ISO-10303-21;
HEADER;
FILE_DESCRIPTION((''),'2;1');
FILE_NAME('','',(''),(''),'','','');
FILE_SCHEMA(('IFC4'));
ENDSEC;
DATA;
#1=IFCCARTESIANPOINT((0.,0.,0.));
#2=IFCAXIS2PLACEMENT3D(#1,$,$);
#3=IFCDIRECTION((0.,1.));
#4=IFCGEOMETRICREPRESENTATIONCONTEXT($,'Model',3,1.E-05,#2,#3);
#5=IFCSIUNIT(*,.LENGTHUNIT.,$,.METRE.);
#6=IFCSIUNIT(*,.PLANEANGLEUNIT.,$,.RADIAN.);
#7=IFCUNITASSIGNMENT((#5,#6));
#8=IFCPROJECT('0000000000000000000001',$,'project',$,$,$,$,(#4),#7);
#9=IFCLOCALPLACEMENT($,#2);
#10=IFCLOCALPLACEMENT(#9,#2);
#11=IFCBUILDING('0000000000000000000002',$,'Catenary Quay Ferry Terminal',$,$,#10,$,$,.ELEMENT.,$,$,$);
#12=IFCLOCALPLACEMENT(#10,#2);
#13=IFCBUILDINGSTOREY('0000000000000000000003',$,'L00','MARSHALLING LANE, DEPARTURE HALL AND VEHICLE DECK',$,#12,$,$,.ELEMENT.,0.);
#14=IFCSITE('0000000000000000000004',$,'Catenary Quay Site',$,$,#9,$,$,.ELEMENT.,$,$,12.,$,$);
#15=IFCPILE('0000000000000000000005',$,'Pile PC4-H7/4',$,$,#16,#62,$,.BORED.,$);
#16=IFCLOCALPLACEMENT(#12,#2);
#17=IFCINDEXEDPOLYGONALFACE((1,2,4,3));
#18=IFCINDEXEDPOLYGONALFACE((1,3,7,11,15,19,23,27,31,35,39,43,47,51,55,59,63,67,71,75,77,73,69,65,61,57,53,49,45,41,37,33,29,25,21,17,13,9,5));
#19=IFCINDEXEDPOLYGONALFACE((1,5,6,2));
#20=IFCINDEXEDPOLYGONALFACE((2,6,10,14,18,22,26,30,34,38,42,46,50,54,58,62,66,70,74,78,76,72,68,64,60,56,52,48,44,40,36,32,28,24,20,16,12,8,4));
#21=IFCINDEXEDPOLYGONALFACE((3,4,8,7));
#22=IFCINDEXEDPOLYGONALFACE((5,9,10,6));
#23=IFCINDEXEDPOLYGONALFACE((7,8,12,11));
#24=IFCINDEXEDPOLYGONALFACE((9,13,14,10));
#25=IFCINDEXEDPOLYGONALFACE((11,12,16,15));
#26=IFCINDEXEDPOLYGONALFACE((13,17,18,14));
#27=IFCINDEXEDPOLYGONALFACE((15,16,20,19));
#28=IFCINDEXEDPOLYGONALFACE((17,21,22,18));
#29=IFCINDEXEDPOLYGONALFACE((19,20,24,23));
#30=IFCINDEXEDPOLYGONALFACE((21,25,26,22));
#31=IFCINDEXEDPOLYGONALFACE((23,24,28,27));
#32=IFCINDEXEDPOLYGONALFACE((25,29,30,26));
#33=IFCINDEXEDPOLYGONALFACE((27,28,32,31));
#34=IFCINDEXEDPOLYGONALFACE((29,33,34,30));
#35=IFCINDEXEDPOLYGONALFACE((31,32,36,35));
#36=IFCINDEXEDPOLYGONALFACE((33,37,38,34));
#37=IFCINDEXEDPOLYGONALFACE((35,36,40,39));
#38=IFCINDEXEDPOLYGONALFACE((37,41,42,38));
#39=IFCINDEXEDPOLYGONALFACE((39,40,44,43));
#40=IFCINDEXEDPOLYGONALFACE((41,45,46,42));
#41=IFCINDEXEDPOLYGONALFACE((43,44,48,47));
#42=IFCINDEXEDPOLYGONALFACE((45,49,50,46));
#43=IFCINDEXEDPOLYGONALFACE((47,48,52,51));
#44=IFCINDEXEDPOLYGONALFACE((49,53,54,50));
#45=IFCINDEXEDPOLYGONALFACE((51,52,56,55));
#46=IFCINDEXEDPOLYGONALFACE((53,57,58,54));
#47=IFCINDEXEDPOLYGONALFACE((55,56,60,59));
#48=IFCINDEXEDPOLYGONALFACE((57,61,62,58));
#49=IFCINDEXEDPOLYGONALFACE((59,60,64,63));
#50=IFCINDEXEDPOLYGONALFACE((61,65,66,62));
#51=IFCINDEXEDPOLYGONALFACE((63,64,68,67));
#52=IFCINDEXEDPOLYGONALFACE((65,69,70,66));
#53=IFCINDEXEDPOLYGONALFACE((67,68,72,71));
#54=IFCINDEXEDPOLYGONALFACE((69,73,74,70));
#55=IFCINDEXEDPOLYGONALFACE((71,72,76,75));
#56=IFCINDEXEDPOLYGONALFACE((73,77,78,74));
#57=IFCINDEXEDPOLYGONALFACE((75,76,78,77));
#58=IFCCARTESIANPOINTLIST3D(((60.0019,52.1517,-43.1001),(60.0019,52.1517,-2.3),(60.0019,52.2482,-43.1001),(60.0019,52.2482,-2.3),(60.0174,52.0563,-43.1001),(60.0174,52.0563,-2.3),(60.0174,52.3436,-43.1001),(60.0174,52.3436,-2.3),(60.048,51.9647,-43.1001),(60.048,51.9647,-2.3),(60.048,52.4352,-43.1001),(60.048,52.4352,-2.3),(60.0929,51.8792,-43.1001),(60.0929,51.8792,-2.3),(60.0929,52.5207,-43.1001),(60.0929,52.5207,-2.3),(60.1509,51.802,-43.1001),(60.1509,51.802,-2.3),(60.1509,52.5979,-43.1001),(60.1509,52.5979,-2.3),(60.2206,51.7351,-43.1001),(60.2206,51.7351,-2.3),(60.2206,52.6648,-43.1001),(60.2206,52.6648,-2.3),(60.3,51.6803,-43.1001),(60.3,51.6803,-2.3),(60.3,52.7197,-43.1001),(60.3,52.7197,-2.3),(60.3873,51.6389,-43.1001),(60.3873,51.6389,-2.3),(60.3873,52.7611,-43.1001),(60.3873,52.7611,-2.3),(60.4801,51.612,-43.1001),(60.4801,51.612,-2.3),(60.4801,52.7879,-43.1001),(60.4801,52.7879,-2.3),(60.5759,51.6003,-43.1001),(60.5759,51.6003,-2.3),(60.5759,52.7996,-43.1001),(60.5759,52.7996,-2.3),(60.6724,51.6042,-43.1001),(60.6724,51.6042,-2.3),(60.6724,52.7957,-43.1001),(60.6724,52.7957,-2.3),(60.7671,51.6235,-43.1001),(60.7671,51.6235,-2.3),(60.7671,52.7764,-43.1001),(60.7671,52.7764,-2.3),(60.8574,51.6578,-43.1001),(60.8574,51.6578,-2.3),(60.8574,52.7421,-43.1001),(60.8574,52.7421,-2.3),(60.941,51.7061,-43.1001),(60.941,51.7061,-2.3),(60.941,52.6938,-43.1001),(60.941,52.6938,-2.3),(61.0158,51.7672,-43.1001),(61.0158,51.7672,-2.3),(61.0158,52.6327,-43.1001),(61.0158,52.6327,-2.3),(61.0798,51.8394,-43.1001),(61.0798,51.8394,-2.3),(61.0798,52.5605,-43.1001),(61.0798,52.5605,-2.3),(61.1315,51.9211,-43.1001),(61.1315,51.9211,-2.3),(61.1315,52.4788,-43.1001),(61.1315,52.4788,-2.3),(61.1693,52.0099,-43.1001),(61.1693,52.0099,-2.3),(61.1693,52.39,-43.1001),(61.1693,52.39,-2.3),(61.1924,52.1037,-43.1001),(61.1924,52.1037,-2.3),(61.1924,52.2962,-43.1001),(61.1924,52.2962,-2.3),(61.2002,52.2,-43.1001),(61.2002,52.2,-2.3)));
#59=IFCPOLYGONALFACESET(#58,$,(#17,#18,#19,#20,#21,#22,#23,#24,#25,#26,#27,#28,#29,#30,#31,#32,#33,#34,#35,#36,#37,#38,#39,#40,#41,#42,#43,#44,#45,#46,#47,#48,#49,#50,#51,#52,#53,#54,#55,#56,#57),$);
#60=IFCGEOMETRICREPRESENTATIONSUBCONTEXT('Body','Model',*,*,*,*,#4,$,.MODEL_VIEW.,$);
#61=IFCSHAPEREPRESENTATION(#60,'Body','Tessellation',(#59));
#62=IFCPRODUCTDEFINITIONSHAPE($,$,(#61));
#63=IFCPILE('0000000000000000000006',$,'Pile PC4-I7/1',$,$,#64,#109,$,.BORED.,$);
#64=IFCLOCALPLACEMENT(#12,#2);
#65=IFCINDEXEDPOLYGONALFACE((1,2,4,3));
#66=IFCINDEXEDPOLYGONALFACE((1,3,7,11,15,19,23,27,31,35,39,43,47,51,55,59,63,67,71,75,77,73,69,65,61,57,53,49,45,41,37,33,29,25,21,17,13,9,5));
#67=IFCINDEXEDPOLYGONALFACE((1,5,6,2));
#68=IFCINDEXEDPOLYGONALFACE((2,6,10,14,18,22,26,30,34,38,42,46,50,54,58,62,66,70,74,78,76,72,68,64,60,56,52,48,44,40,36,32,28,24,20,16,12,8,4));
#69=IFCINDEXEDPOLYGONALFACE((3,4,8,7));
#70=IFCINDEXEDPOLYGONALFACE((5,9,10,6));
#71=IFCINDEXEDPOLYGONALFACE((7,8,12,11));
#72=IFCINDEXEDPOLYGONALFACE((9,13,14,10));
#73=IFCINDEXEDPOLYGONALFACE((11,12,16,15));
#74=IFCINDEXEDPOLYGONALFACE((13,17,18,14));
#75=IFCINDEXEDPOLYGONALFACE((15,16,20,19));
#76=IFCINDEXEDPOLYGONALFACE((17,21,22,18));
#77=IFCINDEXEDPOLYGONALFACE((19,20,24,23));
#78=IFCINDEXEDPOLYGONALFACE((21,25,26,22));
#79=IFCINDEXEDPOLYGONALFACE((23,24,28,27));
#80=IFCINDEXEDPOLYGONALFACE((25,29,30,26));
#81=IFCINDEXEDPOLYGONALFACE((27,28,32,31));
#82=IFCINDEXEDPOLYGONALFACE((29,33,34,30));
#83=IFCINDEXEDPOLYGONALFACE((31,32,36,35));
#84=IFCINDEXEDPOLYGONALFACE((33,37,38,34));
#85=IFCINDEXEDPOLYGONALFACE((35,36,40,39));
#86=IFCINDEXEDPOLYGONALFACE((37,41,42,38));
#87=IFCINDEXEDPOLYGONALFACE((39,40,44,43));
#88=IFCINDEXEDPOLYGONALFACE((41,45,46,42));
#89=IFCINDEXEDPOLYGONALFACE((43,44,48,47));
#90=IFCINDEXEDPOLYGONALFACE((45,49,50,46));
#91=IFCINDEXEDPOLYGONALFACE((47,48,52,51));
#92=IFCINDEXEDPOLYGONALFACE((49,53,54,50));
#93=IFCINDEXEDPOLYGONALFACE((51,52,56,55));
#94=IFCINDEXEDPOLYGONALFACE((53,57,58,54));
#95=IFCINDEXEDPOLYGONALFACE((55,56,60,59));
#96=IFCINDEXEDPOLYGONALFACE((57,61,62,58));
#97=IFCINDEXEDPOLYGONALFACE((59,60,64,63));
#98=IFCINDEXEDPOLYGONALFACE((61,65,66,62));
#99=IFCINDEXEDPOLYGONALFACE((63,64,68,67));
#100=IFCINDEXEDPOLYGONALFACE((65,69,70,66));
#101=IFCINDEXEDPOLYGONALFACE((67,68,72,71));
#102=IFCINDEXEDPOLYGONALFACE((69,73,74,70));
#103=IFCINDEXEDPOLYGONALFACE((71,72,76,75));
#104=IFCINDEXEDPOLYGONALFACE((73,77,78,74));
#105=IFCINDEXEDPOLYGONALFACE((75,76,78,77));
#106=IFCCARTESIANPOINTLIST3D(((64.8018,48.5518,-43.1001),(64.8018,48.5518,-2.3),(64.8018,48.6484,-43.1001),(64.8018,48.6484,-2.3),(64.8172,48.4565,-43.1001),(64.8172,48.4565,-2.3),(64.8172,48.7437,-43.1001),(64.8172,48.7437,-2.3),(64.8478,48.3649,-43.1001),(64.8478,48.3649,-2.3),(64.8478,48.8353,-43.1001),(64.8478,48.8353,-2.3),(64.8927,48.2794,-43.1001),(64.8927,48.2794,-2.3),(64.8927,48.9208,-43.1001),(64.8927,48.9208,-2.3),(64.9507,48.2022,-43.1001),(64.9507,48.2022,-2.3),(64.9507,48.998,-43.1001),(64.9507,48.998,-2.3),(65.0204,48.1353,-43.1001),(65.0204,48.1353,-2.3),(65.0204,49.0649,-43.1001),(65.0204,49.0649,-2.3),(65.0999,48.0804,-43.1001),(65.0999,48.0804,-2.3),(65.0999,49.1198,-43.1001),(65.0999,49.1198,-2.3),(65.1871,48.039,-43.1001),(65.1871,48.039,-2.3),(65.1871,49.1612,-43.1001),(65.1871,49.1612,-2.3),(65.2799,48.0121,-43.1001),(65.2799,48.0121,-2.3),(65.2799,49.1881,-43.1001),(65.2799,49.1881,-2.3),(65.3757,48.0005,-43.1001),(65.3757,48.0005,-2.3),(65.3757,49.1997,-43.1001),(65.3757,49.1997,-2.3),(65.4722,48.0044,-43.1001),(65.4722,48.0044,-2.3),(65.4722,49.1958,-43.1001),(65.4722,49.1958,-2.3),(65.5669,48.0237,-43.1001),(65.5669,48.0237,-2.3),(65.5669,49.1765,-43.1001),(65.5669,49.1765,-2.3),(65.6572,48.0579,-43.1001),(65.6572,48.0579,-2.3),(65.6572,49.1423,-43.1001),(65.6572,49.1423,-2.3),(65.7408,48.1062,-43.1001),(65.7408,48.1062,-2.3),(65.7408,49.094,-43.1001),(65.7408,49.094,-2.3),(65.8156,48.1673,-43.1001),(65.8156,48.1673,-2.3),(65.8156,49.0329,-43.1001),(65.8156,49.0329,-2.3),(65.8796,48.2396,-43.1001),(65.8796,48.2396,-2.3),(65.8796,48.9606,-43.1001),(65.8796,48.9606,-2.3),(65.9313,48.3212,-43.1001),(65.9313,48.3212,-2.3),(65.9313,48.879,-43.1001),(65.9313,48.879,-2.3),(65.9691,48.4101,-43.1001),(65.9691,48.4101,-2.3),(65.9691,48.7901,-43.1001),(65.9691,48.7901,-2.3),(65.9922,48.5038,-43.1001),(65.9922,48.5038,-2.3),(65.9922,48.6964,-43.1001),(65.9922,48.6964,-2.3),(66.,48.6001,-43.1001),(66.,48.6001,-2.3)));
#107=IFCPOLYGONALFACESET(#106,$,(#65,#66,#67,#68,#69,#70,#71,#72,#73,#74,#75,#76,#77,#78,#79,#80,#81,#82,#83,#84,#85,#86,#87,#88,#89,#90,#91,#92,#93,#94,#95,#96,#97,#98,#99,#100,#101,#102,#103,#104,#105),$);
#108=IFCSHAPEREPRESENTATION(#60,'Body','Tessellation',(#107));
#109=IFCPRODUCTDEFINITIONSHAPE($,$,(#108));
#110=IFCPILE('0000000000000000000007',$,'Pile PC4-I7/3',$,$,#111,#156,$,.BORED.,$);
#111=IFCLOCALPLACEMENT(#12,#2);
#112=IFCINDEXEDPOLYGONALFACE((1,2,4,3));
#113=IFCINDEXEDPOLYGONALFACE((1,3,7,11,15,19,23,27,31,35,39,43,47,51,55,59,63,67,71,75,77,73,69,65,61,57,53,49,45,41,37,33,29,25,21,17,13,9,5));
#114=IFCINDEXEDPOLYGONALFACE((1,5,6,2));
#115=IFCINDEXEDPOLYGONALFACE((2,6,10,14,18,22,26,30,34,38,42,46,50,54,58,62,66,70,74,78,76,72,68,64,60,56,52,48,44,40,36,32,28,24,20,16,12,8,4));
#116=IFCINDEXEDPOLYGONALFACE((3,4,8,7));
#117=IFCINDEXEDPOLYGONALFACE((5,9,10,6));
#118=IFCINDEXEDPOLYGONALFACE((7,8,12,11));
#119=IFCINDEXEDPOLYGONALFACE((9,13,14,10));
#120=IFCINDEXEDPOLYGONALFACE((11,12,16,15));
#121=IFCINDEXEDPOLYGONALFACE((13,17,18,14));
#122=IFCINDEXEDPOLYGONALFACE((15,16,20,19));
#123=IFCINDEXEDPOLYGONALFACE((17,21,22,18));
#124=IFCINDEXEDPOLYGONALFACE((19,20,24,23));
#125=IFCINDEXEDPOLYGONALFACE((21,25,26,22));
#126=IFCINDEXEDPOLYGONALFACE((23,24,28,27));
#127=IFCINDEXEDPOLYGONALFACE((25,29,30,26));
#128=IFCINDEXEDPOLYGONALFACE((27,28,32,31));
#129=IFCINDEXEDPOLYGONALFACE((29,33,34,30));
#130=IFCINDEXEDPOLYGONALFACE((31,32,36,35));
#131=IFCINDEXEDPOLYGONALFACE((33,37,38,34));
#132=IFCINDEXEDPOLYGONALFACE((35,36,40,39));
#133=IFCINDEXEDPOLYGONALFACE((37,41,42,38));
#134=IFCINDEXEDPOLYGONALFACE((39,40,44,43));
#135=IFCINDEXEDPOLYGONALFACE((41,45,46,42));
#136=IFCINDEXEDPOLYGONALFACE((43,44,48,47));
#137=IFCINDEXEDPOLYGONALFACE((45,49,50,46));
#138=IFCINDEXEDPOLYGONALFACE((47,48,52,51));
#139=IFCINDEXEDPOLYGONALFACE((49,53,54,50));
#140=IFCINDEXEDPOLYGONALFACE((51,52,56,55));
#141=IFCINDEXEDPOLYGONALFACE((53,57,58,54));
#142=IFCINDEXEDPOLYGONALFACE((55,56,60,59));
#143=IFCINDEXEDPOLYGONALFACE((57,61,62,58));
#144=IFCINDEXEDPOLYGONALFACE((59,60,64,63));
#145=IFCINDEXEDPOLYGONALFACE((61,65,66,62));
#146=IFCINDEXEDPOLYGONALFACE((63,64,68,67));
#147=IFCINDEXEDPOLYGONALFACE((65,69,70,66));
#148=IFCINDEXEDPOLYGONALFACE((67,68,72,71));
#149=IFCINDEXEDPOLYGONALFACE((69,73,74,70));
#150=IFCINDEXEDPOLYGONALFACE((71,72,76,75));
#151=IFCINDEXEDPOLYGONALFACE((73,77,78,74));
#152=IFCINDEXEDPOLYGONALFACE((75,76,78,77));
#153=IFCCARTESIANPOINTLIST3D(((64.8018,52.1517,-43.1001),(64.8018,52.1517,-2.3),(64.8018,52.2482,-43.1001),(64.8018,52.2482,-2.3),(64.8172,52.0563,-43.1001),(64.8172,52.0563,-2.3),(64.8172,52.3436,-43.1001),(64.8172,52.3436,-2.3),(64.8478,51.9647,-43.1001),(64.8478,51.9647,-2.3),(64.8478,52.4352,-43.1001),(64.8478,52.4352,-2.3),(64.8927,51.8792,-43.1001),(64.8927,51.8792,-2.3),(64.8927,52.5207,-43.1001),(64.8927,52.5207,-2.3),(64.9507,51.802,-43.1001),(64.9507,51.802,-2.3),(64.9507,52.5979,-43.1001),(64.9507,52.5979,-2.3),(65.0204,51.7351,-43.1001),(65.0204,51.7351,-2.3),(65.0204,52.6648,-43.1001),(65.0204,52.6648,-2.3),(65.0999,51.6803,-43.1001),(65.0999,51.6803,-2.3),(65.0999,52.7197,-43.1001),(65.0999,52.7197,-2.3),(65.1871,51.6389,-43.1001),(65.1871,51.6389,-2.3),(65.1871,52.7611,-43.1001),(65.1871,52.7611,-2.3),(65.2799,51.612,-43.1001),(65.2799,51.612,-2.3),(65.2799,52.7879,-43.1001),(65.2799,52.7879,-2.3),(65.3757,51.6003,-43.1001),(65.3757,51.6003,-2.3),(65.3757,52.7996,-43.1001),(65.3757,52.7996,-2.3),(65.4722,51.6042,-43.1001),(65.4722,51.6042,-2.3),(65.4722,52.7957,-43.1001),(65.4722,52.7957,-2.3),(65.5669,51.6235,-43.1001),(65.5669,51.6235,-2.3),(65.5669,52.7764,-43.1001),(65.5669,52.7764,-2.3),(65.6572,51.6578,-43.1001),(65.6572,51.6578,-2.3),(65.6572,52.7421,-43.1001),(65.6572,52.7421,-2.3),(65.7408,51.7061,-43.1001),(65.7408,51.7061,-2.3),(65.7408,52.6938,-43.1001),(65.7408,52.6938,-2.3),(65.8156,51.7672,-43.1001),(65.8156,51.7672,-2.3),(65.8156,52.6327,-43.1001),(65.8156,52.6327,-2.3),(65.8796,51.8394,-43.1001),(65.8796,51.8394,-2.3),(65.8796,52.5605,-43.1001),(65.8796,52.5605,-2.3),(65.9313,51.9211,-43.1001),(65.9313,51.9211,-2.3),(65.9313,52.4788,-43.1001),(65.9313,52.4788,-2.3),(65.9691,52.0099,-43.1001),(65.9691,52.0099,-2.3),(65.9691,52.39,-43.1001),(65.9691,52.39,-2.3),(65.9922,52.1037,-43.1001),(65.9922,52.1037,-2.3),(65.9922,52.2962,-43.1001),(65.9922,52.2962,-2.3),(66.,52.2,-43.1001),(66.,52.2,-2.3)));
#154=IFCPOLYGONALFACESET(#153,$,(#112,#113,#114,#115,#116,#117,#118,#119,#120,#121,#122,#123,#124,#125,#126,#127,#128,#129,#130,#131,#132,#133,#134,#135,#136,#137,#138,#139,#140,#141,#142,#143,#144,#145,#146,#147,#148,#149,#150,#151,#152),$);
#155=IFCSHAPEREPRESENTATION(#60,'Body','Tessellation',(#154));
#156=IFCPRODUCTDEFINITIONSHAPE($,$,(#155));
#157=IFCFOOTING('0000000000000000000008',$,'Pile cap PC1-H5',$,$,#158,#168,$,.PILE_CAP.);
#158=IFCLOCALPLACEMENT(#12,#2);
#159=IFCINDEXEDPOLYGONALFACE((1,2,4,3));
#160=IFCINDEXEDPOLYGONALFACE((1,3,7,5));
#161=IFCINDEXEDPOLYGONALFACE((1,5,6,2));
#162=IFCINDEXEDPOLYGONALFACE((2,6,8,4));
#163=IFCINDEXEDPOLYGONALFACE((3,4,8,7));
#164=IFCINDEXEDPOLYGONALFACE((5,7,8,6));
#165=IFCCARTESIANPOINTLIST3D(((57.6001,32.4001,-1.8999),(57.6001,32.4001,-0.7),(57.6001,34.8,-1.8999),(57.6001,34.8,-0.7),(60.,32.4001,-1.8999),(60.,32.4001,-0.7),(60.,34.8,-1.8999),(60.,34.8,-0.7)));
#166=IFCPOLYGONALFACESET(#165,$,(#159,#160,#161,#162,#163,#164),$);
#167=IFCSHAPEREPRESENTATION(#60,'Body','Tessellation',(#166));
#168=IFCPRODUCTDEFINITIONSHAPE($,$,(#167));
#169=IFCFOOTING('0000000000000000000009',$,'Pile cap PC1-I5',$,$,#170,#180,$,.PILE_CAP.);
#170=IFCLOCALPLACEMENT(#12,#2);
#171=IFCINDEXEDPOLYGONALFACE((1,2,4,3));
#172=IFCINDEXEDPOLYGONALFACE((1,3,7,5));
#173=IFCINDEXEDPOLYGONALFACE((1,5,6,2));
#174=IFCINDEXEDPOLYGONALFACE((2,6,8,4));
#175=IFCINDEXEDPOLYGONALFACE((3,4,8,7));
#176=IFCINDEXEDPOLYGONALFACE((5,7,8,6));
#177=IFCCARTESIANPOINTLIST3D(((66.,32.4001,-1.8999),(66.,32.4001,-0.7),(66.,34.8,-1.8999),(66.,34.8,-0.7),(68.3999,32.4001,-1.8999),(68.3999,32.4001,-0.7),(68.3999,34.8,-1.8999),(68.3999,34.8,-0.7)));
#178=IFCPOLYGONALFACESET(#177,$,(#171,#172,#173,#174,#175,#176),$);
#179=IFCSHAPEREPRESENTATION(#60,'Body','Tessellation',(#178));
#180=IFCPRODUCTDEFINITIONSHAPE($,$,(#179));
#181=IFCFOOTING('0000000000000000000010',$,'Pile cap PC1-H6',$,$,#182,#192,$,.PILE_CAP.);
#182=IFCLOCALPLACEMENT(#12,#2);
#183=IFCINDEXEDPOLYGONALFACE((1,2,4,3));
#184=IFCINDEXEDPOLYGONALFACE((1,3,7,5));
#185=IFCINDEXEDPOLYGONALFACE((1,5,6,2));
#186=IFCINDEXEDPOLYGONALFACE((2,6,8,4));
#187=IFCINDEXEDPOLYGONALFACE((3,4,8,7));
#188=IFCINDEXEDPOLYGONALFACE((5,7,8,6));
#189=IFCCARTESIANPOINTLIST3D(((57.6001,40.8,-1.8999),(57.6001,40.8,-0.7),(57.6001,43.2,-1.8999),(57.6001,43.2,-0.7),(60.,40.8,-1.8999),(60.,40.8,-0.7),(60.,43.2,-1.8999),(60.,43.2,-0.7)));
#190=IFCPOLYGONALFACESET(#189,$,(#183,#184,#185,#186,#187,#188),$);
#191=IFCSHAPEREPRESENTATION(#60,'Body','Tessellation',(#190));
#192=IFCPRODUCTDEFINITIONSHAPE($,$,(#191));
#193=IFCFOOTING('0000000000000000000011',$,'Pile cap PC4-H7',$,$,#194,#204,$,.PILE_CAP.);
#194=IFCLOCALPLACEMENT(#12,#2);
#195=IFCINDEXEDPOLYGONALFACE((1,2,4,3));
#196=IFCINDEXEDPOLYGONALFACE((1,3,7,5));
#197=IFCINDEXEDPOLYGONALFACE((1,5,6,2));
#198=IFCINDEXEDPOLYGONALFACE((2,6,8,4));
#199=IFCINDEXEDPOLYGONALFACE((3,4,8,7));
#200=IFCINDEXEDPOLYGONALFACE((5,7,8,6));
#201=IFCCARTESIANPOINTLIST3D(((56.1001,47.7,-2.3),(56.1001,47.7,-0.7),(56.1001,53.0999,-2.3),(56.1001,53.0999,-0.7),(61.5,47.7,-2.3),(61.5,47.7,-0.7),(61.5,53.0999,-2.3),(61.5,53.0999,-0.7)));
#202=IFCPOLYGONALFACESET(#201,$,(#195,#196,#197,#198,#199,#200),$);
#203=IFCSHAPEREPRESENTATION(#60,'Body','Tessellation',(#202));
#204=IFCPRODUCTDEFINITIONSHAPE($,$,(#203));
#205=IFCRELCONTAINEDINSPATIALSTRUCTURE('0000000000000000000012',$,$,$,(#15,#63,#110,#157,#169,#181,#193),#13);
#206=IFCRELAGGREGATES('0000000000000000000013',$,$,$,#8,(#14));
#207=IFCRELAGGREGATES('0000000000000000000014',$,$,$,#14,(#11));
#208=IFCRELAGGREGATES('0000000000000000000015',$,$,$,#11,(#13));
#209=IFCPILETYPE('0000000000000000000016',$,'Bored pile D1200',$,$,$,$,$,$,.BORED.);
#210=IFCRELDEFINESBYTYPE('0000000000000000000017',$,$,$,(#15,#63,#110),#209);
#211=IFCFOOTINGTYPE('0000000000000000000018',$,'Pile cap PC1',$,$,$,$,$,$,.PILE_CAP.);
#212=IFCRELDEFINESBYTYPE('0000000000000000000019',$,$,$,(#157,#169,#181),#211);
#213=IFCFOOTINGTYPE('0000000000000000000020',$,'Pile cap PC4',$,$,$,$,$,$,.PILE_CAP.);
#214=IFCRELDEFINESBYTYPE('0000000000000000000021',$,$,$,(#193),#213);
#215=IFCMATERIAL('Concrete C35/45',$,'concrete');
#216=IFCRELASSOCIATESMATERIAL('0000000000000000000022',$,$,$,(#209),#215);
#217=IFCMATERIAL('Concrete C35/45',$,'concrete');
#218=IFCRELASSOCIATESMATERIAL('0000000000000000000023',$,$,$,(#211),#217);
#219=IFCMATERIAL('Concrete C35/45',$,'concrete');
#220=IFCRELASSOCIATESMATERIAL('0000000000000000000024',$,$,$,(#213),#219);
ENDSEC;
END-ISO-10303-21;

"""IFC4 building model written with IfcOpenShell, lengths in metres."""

from ifc_helpers import new_model, si_unit, direction, frame, origin, origin_2d, place, context, subcontext, project, spatial, rectangle, circle, extrude, material, material_profile, profile_set, type_object, element, save


model = new_model("IFC4")

# Units and contexts
model_context = context("Model", 3, precision=1e-05, world=origin(), true_north=direction((0.0, 1.0)))
body_context = subcontext(model_context, "Body", "Model", "MODEL_VIEW")
ifc_project = project(units=[si_unit("LENGTHUNIT", "METRE"), si_unit("PLANEANGLEUNIT", "RADIAN")], contexts=[model_context])

# Site, building, storey
site_placement = place(None, origin())
site = spatial("IfcSite", under=ifc_project, at=site_placement, Name="Catenary Quay Site", CompositionType="ELEMENT", RefElevation=12.0)
building_placement = place(site_placement, origin())
building = spatial("IfcBuilding", under=site, at=building_placement, Name="Catenary Quay Ferry Terminal", CompositionType="ELEMENT")
storey_placement = place(building_placement, origin())
storey = spatial("IfcBuildingStorey", under=building, at=storey_placement, Name="L00", Description="MARSHALLING LANE, DEPARTURE HALL AND VEHICLE DECK", CompositionType="ELEMENT", Elevation=0.0)

# Piles
ifc_material_1 = material(Name="Concrete C35/45", Category="concrete")
ifc_material_profile_1 = material_profile(ifc_material_1, circle(Radius=0.6001, at=origin_2d()), Name="D1200")
ifc_profile_set_1 = profile_set([ifc_material_profile_1], Name="Concrete C35/45")
pile_type = type_object("IfcPileType", Name="Bored pile D1200", PredefinedType="BORED", material=ifc_profile_set_1)
for number, where, z_axis, x_axis, name in (
    (1, (60.6001, 52.2, -2.3), (0.0, 0.0, -1.0), (1.0, 0.0, 0.0), "Pile PC4-H7/4"),
    (2, (65.3999, 48.6001, -2.3), (0.0, 0.0, -1.0), (1.0, 0.0, 0.0), "Pile PC4-I7/1"),
    (3, (65.3999, 52.2, -2.3), (0.0, 0.0, -1.0), (1.0, 0.0, 0.0), "Pile PC4-I7/3"),
):
    element("IfcPile", number, at=place(storey_placement, frame(where, z_axis=z_axis, x_axis=x_axis)), inside=storey, type_object=pile_type, Name=name, PredefinedType="BORED", context=body_context, shape_type="SweptSolid", body=[
        extrude(circle(Radius=0.6001, at=origin_2d()), origin(), (0.0, 0.0, 1.0), 40.8),
    ])

# Footings
ifc_material_2 = material(Name="Concrete C35/45", Category="concrete")
footing_type_1 = type_object("IfcFootingType", Name="Pile cap PC1", PredefinedType="PILE_CAP", material=ifc_material_2)
for number, where, z_axis, x_axis, name in (
    (4, (58.8, 33.6001, -1.8999), (0.0, 0.0, 1.0), (1.0, 0.0, 0.0), "Pile cap PC1-H5"),
    (5, (67.2, 33.6001, -1.8999), (0.0, 0.0, 1.0), (1.0, 0.0, 0.0), "Pile cap PC1-I5"),
    (6, (58.8, 42.0, -1.8999), (0.0, 0.0, 1.0), (1.0, 0.0, 0.0), "Pile cap PC1-H6"),
):
    element("IfcFooting", number, at=place(storey_placement, frame(where, z_axis=z_axis, x_axis=x_axis)), inside=storey, type_object=footing_type_1, Name=name, PredefinedType="PILE_CAP", context=body_context, shape_type="SweptSolid", body=[
        extrude(rectangle(XDim=2.3999, YDim=2.3999, at=origin_2d()), origin(), (0.0, 0.0, 1.0), 1.2),
    ])
ifc_material_3 = material(Name="Concrete C35/45", Category="concrete")
footing_type_2 = type_object("IfcFootingType", Name="Pile cap PC4", PredefinedType="PILE_CAP", material=ifc_material_3)
footing_placement = place(storey_placement, frame((58.8, 50.3999, -2.3), z_axis=(0.0, 0.0, 1.0), x_axis=(1.0, 0.0, 0.0)))
element("IfcFooting", 7, at=footing_placement, inside=storey, type_object=footing_type_2, Name="Pile cap PC4-H7", PredefinedType="PILE_CAP", context=body_context, shape_type="SweptSolid", body=[
    extrude(rectangle(XDim=5.3999, YDim=5.3999, at=origin_2d()), origin(), (0.0, 0.0, 1.0), 1.6001),
])

save(model, "model.ifc")
